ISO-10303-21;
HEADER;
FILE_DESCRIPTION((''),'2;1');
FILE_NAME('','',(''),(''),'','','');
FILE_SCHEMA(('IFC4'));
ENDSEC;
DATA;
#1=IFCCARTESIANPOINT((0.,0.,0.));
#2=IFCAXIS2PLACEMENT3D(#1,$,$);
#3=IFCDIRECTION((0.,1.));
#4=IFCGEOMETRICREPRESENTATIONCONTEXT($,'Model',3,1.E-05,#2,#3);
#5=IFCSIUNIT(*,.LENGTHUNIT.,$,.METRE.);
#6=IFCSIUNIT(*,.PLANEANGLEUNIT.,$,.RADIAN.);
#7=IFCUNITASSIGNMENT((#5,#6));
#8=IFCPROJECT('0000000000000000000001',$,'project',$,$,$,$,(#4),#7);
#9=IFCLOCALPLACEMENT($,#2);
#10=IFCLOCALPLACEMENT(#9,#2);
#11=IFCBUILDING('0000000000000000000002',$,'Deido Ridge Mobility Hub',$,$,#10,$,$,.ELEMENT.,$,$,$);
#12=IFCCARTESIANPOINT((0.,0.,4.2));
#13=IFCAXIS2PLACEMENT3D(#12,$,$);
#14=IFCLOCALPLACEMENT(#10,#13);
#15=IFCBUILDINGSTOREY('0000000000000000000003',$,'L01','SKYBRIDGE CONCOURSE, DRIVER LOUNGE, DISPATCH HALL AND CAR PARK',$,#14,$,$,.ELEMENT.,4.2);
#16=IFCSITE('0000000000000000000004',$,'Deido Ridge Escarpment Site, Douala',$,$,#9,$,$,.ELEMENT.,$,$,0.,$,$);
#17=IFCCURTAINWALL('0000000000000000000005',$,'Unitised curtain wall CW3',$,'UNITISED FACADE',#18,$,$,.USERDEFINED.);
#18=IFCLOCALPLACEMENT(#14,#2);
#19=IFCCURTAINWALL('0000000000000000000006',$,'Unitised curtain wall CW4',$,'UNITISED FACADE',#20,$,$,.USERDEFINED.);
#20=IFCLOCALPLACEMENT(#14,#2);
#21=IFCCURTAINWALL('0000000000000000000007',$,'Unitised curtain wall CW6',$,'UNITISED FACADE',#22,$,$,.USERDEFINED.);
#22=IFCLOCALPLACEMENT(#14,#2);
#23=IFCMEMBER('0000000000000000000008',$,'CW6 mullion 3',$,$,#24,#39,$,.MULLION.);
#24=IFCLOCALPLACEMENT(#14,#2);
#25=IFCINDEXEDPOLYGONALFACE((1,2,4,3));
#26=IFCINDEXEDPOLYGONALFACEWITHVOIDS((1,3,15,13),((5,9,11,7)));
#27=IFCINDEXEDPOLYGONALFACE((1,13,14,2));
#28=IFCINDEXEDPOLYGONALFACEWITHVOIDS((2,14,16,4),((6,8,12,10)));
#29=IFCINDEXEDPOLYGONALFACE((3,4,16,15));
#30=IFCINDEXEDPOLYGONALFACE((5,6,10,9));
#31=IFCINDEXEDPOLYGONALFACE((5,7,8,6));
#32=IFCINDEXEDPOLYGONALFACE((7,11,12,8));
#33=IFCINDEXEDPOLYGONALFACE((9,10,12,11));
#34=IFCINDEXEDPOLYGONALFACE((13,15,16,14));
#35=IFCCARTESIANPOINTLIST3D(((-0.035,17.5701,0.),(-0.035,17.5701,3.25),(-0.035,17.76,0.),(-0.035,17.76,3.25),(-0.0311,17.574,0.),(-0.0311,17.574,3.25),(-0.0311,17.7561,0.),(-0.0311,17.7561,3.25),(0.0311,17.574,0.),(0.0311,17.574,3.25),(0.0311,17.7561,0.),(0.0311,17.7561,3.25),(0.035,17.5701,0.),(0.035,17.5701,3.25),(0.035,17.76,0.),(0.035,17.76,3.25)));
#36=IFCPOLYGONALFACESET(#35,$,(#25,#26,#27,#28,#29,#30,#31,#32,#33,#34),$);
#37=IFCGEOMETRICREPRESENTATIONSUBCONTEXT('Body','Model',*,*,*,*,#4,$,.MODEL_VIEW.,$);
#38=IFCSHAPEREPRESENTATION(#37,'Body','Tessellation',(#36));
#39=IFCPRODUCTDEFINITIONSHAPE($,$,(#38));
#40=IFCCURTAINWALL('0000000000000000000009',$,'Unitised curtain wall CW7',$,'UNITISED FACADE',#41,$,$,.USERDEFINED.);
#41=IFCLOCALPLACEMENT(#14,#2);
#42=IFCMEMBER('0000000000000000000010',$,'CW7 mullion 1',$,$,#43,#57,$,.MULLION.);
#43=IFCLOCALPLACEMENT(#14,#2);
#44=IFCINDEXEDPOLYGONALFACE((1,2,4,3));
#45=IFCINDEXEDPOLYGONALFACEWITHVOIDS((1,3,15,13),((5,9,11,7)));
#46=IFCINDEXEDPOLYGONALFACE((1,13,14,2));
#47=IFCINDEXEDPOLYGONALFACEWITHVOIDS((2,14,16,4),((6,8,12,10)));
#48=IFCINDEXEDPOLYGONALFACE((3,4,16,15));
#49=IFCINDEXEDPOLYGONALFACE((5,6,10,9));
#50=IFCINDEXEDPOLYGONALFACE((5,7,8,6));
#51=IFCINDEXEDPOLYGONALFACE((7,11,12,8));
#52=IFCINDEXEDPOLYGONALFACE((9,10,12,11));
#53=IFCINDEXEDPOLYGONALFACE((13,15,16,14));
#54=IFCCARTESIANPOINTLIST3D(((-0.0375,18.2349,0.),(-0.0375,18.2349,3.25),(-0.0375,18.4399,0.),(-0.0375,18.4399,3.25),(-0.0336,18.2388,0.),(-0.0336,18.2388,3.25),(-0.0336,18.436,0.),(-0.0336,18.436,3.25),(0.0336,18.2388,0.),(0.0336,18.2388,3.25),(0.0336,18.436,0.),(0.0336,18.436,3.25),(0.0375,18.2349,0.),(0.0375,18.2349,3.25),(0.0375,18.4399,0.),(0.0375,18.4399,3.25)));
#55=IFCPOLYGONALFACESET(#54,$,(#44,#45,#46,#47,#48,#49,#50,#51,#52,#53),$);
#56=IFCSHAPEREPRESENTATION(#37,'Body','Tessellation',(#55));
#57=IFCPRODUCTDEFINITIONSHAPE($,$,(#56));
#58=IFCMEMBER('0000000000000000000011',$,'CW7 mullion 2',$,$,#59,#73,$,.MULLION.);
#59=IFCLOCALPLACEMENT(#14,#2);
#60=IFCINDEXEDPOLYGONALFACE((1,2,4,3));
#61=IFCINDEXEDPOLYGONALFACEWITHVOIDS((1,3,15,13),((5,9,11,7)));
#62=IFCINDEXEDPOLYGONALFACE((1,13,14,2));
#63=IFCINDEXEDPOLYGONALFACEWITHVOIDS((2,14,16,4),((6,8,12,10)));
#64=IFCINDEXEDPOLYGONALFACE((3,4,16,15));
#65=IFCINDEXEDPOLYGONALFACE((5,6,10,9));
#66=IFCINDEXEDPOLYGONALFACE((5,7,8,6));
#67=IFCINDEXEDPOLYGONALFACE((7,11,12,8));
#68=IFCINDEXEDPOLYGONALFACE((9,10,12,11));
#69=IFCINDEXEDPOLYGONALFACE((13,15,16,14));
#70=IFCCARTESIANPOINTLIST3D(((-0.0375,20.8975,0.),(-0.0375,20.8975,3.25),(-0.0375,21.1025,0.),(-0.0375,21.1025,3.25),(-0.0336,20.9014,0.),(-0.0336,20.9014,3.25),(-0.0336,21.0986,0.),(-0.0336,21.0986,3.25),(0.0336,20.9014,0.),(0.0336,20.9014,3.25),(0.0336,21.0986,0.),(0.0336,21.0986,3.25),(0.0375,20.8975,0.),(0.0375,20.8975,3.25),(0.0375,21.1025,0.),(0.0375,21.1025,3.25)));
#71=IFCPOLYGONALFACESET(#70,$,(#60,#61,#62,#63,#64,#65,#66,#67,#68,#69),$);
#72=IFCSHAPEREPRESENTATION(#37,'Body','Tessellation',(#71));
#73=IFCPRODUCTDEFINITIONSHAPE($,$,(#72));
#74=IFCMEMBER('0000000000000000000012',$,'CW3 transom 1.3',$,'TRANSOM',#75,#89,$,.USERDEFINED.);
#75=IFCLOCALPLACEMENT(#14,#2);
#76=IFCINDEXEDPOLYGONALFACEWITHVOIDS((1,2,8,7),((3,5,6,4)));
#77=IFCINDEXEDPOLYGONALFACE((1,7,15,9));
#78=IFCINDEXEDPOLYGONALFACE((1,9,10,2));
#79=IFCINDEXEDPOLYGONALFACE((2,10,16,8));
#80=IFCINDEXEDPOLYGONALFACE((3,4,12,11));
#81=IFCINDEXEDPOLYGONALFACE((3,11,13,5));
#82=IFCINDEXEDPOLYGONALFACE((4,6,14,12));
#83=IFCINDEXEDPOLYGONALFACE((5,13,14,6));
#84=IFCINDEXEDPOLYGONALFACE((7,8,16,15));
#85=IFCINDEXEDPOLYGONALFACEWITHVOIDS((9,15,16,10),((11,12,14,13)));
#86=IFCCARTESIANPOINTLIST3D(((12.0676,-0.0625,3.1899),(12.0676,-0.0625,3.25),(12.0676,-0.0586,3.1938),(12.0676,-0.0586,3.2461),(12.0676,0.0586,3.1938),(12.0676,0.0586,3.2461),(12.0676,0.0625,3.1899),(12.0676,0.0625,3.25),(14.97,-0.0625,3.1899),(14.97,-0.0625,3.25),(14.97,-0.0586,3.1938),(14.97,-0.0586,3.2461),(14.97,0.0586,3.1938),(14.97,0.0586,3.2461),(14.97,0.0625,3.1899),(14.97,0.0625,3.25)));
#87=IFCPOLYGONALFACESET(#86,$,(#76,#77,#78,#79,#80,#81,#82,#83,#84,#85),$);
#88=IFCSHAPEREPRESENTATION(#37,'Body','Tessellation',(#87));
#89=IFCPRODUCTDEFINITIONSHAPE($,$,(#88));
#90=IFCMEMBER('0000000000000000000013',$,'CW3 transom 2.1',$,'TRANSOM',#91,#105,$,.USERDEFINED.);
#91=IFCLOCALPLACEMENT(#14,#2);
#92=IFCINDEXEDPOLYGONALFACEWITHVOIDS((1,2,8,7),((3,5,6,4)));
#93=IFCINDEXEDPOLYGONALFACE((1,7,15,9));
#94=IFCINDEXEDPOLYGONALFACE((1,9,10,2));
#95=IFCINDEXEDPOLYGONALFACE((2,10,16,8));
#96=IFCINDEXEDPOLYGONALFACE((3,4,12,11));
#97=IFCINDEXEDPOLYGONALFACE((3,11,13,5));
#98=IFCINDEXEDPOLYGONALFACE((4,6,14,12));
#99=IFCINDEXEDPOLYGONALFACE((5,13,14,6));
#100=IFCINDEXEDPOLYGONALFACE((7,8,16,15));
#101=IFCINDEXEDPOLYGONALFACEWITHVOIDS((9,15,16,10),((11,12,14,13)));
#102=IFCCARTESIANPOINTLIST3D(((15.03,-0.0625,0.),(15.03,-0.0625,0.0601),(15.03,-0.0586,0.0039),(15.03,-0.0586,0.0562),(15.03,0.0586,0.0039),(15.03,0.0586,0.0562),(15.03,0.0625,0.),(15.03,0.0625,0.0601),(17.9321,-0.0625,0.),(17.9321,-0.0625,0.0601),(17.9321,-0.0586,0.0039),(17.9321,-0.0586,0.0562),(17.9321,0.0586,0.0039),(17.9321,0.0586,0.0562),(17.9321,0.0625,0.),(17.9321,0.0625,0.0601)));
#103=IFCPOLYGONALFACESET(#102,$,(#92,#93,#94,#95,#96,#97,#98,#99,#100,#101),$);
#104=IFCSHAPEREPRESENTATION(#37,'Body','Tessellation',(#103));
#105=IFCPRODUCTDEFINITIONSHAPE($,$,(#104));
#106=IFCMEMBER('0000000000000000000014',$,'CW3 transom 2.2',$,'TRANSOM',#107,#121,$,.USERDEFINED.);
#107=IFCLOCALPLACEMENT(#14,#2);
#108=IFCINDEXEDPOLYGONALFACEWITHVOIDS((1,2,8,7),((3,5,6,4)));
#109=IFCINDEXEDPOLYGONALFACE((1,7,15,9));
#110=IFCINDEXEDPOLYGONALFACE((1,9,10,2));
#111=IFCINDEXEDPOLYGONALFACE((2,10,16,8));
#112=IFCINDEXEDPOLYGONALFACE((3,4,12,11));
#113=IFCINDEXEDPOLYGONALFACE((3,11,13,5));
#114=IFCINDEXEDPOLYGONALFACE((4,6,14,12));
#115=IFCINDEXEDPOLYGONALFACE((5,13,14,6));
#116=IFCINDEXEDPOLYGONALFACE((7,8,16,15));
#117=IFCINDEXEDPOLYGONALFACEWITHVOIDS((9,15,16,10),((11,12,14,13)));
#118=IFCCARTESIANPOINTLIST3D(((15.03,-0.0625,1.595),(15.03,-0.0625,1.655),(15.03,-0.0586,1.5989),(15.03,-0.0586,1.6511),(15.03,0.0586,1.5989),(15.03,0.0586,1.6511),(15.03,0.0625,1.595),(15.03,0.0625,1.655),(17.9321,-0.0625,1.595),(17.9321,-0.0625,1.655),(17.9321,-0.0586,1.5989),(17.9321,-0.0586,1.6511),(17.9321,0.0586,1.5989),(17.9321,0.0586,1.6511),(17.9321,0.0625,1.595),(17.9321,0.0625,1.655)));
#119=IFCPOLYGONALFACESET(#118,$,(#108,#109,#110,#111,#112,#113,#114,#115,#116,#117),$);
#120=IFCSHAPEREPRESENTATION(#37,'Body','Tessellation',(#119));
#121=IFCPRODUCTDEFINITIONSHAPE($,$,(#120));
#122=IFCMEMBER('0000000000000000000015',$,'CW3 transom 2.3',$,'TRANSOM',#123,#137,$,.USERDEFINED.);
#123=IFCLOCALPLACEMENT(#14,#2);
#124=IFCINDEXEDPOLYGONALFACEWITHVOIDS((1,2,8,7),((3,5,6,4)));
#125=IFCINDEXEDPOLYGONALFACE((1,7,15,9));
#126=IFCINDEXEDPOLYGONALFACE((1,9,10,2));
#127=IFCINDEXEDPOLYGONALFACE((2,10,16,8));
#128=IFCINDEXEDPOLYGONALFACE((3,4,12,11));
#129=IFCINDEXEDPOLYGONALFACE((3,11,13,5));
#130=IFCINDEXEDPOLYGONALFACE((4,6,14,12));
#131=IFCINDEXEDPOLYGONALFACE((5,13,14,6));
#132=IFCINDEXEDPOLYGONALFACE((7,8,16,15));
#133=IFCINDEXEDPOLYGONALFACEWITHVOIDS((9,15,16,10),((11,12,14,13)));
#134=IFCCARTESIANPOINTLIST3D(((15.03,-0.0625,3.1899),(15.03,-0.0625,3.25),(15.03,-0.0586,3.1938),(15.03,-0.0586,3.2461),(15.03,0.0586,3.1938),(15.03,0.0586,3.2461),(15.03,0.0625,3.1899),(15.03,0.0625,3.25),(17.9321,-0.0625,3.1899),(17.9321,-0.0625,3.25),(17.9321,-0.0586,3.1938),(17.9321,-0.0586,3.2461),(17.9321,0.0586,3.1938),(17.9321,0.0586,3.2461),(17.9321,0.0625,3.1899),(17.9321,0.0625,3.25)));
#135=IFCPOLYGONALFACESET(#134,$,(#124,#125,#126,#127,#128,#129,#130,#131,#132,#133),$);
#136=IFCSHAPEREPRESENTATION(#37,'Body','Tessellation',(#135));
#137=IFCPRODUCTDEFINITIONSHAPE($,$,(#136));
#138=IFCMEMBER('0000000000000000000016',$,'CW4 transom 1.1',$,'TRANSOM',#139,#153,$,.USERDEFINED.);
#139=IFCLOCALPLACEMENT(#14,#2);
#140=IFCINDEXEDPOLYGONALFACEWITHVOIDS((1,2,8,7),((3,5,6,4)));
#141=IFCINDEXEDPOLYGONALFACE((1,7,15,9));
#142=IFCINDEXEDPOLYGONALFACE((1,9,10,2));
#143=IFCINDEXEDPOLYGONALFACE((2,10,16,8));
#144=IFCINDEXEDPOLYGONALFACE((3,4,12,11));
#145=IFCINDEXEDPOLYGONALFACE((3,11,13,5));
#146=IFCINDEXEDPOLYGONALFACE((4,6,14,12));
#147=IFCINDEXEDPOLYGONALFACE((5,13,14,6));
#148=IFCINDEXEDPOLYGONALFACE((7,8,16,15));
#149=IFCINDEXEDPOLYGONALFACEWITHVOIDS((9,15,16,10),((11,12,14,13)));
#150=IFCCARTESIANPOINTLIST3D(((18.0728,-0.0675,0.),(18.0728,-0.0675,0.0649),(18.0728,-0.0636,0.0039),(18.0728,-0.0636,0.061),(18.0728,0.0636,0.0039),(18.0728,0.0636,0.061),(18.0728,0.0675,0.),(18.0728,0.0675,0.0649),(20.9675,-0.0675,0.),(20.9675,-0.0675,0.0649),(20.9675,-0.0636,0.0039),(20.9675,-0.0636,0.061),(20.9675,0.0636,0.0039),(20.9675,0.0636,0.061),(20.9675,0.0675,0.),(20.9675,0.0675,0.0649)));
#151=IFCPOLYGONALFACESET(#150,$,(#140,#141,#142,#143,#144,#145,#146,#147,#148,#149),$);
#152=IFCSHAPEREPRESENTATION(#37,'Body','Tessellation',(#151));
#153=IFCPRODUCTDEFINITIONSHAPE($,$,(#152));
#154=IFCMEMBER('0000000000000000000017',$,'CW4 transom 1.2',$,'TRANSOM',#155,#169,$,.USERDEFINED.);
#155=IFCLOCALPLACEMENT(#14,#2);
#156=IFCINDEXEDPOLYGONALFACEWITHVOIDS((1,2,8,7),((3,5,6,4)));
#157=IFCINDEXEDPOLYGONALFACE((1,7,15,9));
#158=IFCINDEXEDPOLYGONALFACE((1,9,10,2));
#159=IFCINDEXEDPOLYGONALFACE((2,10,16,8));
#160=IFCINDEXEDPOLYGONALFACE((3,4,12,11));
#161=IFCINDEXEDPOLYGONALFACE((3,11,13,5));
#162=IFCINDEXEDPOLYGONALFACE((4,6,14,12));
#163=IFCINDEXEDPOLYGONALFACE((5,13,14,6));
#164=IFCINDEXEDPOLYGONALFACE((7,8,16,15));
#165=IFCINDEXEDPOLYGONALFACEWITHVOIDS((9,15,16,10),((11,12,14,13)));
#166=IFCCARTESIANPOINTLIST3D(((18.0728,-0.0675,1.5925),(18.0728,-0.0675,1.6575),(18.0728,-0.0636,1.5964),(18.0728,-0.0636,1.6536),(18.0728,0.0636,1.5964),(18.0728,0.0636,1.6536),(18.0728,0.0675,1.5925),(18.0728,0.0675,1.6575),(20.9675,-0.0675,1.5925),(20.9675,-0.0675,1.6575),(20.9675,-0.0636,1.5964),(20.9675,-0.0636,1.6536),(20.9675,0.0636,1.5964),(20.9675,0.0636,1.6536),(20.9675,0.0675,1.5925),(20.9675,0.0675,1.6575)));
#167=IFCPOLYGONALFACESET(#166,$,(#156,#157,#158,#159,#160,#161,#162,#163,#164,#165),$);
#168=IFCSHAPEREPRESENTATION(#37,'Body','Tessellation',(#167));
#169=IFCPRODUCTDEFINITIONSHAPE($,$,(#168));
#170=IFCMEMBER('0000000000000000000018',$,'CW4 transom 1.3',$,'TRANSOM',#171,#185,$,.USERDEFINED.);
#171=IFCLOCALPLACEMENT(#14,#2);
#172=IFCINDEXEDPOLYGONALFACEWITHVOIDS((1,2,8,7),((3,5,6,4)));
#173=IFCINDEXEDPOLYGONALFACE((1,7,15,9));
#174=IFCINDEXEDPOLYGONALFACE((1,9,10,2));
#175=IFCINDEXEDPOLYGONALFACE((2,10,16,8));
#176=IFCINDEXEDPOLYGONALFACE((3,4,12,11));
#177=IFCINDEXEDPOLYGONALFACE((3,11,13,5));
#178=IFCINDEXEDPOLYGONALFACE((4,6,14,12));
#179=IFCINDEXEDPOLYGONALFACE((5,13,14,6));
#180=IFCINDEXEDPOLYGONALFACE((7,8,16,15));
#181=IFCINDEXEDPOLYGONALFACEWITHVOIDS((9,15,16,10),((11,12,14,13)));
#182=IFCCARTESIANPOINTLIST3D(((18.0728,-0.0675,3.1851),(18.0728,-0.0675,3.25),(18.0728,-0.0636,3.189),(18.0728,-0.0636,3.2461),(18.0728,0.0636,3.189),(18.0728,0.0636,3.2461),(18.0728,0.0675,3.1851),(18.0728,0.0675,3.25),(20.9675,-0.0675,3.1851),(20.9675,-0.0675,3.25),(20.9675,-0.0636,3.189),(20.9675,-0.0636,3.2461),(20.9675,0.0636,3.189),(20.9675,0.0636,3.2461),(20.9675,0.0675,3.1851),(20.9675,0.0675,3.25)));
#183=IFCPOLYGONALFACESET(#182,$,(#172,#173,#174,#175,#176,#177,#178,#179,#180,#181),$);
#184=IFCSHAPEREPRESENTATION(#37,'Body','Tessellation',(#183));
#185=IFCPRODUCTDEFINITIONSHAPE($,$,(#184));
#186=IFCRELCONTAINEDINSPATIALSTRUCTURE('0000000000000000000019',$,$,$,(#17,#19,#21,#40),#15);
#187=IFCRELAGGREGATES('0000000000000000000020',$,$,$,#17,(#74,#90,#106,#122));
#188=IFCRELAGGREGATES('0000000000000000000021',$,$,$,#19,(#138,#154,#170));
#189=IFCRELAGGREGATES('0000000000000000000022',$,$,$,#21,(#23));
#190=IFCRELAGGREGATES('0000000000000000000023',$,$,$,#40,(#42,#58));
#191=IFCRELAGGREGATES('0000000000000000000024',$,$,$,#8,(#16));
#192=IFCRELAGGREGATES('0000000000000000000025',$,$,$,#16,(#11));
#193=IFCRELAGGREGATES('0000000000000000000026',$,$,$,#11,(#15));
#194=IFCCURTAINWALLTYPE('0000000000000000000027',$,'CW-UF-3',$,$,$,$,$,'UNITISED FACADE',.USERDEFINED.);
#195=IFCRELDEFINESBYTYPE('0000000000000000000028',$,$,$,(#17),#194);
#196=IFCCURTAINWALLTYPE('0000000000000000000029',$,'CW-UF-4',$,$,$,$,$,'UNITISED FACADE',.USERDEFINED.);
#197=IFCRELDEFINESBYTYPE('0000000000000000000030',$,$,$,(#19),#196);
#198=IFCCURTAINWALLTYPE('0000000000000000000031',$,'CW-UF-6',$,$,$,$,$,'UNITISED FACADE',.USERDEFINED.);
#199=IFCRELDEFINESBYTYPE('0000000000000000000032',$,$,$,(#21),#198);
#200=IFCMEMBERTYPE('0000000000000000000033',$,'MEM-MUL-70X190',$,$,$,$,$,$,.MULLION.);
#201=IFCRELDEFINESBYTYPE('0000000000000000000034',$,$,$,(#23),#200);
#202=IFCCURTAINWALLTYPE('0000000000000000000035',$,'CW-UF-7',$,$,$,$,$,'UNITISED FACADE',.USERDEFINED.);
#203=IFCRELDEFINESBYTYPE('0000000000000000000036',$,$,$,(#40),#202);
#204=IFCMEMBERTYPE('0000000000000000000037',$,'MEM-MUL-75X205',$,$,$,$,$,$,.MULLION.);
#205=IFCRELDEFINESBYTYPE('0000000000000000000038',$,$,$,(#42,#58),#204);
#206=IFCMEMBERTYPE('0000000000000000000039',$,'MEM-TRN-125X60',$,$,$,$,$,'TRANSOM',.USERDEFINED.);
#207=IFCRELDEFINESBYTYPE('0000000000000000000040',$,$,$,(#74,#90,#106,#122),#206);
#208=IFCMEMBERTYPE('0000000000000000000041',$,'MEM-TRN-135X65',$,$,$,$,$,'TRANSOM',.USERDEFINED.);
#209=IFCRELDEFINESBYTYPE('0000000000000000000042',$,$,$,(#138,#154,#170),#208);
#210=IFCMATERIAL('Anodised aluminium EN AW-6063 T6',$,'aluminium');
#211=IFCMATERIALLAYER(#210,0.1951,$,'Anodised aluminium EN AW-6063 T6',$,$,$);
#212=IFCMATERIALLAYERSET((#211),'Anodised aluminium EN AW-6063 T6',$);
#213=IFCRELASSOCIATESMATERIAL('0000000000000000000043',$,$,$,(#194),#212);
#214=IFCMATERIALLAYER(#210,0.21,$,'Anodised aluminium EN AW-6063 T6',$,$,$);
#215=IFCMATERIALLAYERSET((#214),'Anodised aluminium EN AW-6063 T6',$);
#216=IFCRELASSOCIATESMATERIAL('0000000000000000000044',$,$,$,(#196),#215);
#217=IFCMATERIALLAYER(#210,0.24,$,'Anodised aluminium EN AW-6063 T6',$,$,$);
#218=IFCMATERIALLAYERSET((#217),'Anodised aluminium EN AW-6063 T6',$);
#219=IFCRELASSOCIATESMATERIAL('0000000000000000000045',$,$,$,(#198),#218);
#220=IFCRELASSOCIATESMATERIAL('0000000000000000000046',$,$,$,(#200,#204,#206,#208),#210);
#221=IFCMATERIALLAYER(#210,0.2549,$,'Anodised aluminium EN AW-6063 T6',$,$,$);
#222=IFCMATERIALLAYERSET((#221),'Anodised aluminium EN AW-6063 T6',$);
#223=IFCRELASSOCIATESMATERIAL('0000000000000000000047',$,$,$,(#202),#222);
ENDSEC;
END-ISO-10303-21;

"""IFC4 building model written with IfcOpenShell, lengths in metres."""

from ifc_helpers import new_model, si_unit, direction, frame, origin, origin_2d, place, context, subcontext, project, spatial, hollow_rectangle, extrude, material, layer, layer_set, material_profile, profile_set, type_object, element, aggregate, save


model = new_model("IFC4")

# Units and contexts
model_context = context("Model", 3, precision=1e-05, world=origin(), true_north=direction((0.0, 1.0)))
body_context = subcontext(model_context, "Body", "Model", "MODEL_VIEW")
ifc_project = project(units=[si_unit("LENGTHUNIT", "METRE"), si_unit("PLANEANGLEUNIT", "RADIAN")], contexts=[model_context])

# Site, building, storey
site_placement = place(None, origin())
site = spatial("IfcSite", under=ifc_project, at=site_placement, Name="Deido Ridge Escarpment Site, Douala", CompositionType="ELEMENT", RefElevation=0.0)
building_placement = place(site_placement, origin())
building = spatial("IfcBuilding", under=site, at=building_placement, Name="Deido Ridge Mobility Hub", CompositionType="ELEMENT")
storey_placement = place(building_placement, frame((0.0, 0.0, 4.2)))
storey = spatial("IfcBuildingStorey", under=building, at=storey_placement, Name="L01", Description="SKYBRIDGE CONCOURSE, DRIVER LOUNGE, DISPATCH HALL AND CAR PARK", CompositionType="ELEMENT", Elevation=4.2)

# Curtain walls, members
ifc_material_1 = material(Name="Anodised aluminium EN AW-6063 T6", Category="aluminium")
ifc_layer_1 = layer(ifc_material_1, 0.1951, Name="Anodised aluminium EN AW-6063 T6")
ifc_layer_set_1 = layer_set([ifc_layer_1], Name="Anodised aluminium EN AW-6063 T6")
curtain_wall_type_1 = type_object("IfcCurtainWallType", Name="CW-UF-3", ElementType="UNITISED FACADE", PredefinedType="USERDEFINED", material=ifc_layer_set_1)
curtain_wall_1_placement = place(storey_placement, origin())
curtain_wall_1 = element("IfcCurtainWall", 1, at=curtain_wall_1_placement, inside=storey, type_object=curtain_wall_type_1, Name="Unitised curtain wall CW3", ObjectType="UNITISED FACADE", PredefinedType="USERDEFINED")
ifc_layer_2 = layer(ifc_material_1, 0.21, Name="Anodised aluminium EN AW-6063 T6")
ifc_layer_set_2 = layer_set([ifc_layer_2], Name="Anodised aluminium EN AW-6063 T6")
curtain_wall_type_2 = type_object("IfcCurtainWallType", Name="CW-UF-4", ElementType="UNITISED FACADE", PredefinedType="USERDEFINED", material=ifc_layer_set_2)
curtain_wall_2_placement = place(storey_placement, origin())
curtain_wall_2 = element("IfcCurtainWall", 2, at=curtain_wall_2_placement, inside=storey, type_object=curtain_wall_type_2, Name="Unitised curtain wall CW4", ObjectType="UNITISED FACADE", PredefinedType="USERDEFINED")
ifc_layer_3 = layer(ifc_material_1, 0.24, Name="Anodised aluminium EN AW-6063 T6")
ifc_layer_set_3 = layer_set([ifc_layer_3], Name="Anodised aluminium EN AW-6063 T6")
curtain_wall_type_3 = type_object("IfcCurtainWallType", Name="CW-UF-6", ElementType="UNITISED FACADE", PredefinedType="USERDEFINED", material=ifc_layer_set_3)
curtain_wall_3_placement = place(storey_placement, origin())
curtain_wall_3 = element("IfcCurtainWall", 3, at=curtain_wall_3_placement, inside=storey, type_object=curtain_wall_type_3, Name="Unitised curtain wall CW6", ObjectType="UNITISED FACADE", PredefinedType="USERDEFINED")
ifc_material_profile_1 = material_profile(ifc_material_1, hollow_rectangle(XDim=0.0701, YDim=0.1899, WallThickness=0.0039, at=origin_2d()), Name="RHS 70x190x4")
ifc_profile_set_1 = profile_set([ifc_material_profile_1], Name="Anodised aluminium EN AW-6063 T6")
member_type_1 = type_object("IfcMemberType", Name="MEM-MUL-70X190", PredefinedType="MULLION", material=ifc_profile_set_1)
member_1_placement = place(storey_placement, frame((0.0, 17.665, 0.0), z_axis=(0.0, 0.0, 1.0), x_axis=(-1.0, 0.0, 0.0)))
member_1 = element("IfcMember", 4, at=member_1_placement, type_object=member_type_1, Name="CW6 mullion 3", PredefinedType="MULLION", context=body_context, shape_type="SweptSolid", body=[
    extrude(hollow_rectangle(XDim=0.0701, YDim=0.1899, WallThickness=0.0039, at=origin_2d()), origin(), (0.0, 0.0, 1.0), 3.25),
])
ifc_layer_4 = layer(ifc_material_1, 0.2549, Name="Anodised aluminium EN AW-6063 T6")
ifc_layer_set_4 = layer_set([ifc_layer_4], Name="Anodised aluminium EN AW-6063 T6")
curtain_wall_type_4 = type_object("IfcCurtainWallType", Name="CW-UF-7", ElementType="UNITISED FACADE", PredefinedType="USERDEFINED", material=ifc_layer_set_4)
curtain_wall_4_placement = place(storey_placement, origin())
curtain_wall_4 = element("IfcCurtainWall", 5, at=curtain_wall_4_placement, inside=storey, type_object=curtain_wall_type_4, Name="Unitised curtain wall CW7", ObjectType="UNITISED FACADE", PredefinedType="USERDEFINED")
ifc_material_profile_2 = material_profile(ifc_material_1, hollow_rectangle(XDim=0.075, YDim=0.2051, WallThickness=0.0039, at=origin_2d()), Name="RHS 75x205x4")
ifc_profile_set_2 = profile_set([ifc_material_profile_2], Name="Anodised aluminium EN AW-6063 T6")
member_type_2 = type_object("IfcMemberType", Name="MEM-MUL-75X205", PredefinedType="MULLION", material=ifc_profile_set_2)
member_2_placement = place(storey_placement, frame((0.0, 18.3374, 0.0), z_axis=(0.0, 0.0, 1.0), x_axis=(-1.0, 0.0, 0.0)))
member_2 = element("IfcMember", 6, at=member_2_placement, type_object=member_type_2, Name="CW7 mullion 1", PredefinedType="MULLION", context=body_context, shape_type="SweptSolid", body=[
    extrude(hollow_rectangle(XDim=0.075, YDim=0.2051, WallThickness=0.0039, at=origin_2d()), origin(), (0.0, 0.0, 1.0), 3.25),
])
member_3_placement = place(storey_placement, frame((0.0, 21.0, 0.0), z_axis=(0.0, 0.0, 1.0), x_axis=(-1.0, 0.0, 0.0)))
member_3 = element("IfcMember", 7, at=member_3_placement, type_object=member_type_2, Name="CW7 mullion 2", PredefinedType="MULLION", context=body_context, shape_type="SweptSolid", body=[
    extrude(hollow_rectangle(XDim=0.075, YDim=0.2051, WallThickness=0.0039, at=origin_2d()), origin(), (0.0, 0.0, 1.0), 3.25),
])

# Members
ifc_material_profile_3 = material_profile(ifc_material_1, hollow_rectangle(XDim=0.125, YDim=0.0601, WallThickness=0.0039, at=origin_2d()), Name="RHS 125x60x4")
ifc_profile_set_3 = profile_set([ifc_material_profile_3], Name="Anodised aluminium EN AW-6063 T6")
member_type_3 = type_object("IfcMemberType", Name="MEM-TRN-125X60", ElementType="TRANSOM", PredefinedType="USERDEFINED", material=ifc_profile_set_3)
member_4_placement = place(storey_placement, frame((12.0676, 0.0, 3.22), z_axis=(1.0, 0.0, 0.0), x_axis=(0.0, 1.0, 0.0)))
member_4 = element("IfcMember", 8, at=member_4_placement, type_object=member_type_3, Name="CW3 transom 1.3", ObjectType="TRANSOM", PredefinedType="USERDEFINED", context=body_context, shape_type="SweptSolid", body=[
    extrude(hollow_rectangle(XDim=0.125, YDim=0.0601, WallThickness=0.0039, at=origin_2d()), origin(), (0.0, 0.0, 1.0), 2.9023),
])
member_5_placement = place(storey_placement, frame((15.03, 0.0, 0.03), z_axis=(1.0, 0.0, 0.0), x_axis=(0.0, 1.0, 0.0)))
member_5 = element("IfcMember", 9, at=member_5_placement, type_object=member_type_3, Name="CW3 transom 2.1", ObjectType="TRANSOM", PredefinedType="USERDEFINED", context=body_context, shape_type="SweptSolid", body=[
    extrude(hollow_rectangle(XDim=0.125, YDim=0.0601, WallThickness=0.0039, at=origin_2d()), origin(), (0.0, 0.0, 1.0), 2.9021),
])
member_6_placement = place(storey_placement, frame((15.03, 0.0, 1.625), z_axis=(1.0, 0.0, 0.0), x_axis=(0.0, 1.0, 0.0)))
member_6 = element("IfcMember", 10, at=member_6_placement, type_object=member_type_3, Name="CW3 transom 2.2", ObjectType="TRANSOM", PredefinedType="USERDEFINED", context=body_context, shape_type="SweptSolid", body=[
    extrude(hollow_rectangle(XDim=0.125, YDim=0.0601, WallThickness=0.0039, at=origin_2d()), origin(), (0.0, 0.0, 1.0), 2.9021),
])
member_7_placement = place(storey_placement, frame((15.03, 0.0, 3.22), z_axis=(1.0, 0.0, 0.0), x_axis=(0.0, 1.0, 0.0)))
member_7 = element("IfcMember", 11, at=member_7_placement, type_object=member_type_3, Name="CW3 transom 2.3", ObjectType="TRANSOM", PredefinedType="USERDEFINED", context=body_context, shape_type="SweptSolid", body=[
    extrude(hollow_rectangle(XDim=0.125, YDim=0.0601, WallThickness=0.0039, at=origin_2d()), origin(), (0.0, 0.0, 1.0), 2.9021),
])
ifc_material_profile_4 = material_profile(ifc_material_1, hollow_rectangle(XDim=0.135, YDim=0.0649, WallThickness=0.0039, at=origin_2d()), Name="RHS 135x65x4")
ifc_profile_set_4 = profile_set([ifc_material_profile_4], Name="Anodised aluminium EN AW-6063 T6")
member_type_4 = type_object("IfcMemberType", Name="MEM-TRN-135X65", ElementType="TRANSOM", PredefinedType="USERDEFINED", material=ifc_profile_set_4)
member_8_placement = place(storey_placement, frame((18.0728, 0.0, 0.0325), z_axis=(1.0, 0.0, 0.0), x_axis=(0.0, 1.0, 0.0)))
member_8 = element("IfcMember", 12, at=member_8_placement, type_object=member_type_4, Name="CW4 transom 1.1", ObjectType="TRANSOM", PredefinedType="USERDEFINED", context=body_context, shape_type="SweptSolid", body=[
    extrude(hollow_rectangle(XDim=0.135, YDim=0.0649, WallThickness=0.0039, at=origin_2d()), origin(), (0.0, 0.0, 1.0), 2.8948),
])
member_9_placement = place(storey_placement, frame((18.0728, 0.0, 1.625), z_axis=(1.0, 0.0, 0.0), x_axis=(0.0, 1.0, 0.0)))
member_9 = element("IfcMember", 13, at=member_9_placement, type_object=member_type_4, Name="CW4 transom 1.2", ObjectType="TRANSOM", PredefinedType="USERDEFINED", context=body_context, shape_type="SweptSolid", body=[
    extrude(hollow_rectangle(XDim=0.135, YDim=0.0649, WallThickness=0.0039, at=origin_2d()), origin(), (0.0, 0.0, 1.0), 2.8948),
])
member_10_placement = place(storey_placement, frame((18.0728, 0.0, 3.2175), z_axis=(1.0, 0.0, 0.0), x_axis=(0.0, 1.0, 0.0)))
member_10 = element("IfcMember", 14, at=member_10_placement, type_object=member_type_4, Name="CW4 transom 1.3", ObjectType="TRANSOM", PredefinedType="USERDEFINED", context=body_context, shape_type="SweptSolid", body=[
    extrude(hollow_rectangle(XDim=0.135, YDim=0.0649, WallThickness=0.0039, at=origin_2d()), origin(), (0.0, 0.0, 1.0), 2.8948),
])

aggregate(curtain_wall_1, [member_4, member_5, member_6, member_7])
aggregate(curtain_wall_2, [member_8, member_9, member_10])
aggregate(curtain_wall_3, [member_1])
aggregate(curtain_wall_4, [member_2, member_3])

save(model, "model.ifc")
